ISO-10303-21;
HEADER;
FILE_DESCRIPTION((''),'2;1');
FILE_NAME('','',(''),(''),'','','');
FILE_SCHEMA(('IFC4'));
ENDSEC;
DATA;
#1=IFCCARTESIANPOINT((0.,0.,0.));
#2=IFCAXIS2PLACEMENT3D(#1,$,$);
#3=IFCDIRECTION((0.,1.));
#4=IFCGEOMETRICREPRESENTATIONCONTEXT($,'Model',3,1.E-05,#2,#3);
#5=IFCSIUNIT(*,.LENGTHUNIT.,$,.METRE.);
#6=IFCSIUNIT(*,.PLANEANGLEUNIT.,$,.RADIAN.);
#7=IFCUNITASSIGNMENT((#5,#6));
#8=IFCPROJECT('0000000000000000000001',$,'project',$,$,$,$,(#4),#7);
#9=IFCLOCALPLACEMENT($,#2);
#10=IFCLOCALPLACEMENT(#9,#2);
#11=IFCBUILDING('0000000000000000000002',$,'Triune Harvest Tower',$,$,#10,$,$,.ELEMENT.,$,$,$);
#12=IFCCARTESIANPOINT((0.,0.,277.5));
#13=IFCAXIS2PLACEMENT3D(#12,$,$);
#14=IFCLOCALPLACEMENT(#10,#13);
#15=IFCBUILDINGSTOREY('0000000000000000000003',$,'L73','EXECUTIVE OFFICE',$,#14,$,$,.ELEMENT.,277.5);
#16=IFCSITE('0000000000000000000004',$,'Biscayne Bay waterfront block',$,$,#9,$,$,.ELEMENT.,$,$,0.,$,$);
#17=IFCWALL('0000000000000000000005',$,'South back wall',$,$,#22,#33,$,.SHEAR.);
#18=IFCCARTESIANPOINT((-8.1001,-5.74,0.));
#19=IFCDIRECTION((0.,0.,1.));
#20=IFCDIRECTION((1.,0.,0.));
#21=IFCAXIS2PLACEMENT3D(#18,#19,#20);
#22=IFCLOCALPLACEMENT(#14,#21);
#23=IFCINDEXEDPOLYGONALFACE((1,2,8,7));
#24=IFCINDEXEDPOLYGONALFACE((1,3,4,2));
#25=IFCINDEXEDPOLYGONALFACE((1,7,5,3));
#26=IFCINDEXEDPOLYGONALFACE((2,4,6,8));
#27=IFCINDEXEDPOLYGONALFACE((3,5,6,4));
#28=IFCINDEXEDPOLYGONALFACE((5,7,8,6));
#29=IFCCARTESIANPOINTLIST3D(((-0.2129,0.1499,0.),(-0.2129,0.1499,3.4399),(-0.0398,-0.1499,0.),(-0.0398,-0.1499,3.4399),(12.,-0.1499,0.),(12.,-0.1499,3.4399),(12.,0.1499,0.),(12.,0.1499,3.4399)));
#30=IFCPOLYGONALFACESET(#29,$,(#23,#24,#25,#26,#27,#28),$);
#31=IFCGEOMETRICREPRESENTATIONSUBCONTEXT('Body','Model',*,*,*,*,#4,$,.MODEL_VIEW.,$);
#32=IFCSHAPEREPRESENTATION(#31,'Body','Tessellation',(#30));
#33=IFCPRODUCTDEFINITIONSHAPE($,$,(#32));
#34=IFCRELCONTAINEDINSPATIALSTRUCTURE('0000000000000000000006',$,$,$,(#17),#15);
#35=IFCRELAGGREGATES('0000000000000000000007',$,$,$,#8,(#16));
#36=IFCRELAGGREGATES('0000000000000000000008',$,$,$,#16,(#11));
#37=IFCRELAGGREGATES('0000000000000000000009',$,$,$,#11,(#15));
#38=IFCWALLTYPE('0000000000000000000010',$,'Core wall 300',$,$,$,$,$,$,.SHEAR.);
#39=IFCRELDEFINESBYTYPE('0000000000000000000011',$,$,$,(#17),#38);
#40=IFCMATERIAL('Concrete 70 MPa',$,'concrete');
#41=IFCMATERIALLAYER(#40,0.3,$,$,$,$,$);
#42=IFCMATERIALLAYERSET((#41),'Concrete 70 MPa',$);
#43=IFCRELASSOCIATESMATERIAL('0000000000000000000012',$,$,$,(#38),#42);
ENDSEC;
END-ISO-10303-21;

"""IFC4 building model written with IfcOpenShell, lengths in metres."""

from ifc_helpers import new_model, si_unit, direction, frame, origin, place, context, subcontext, project, spatial, polyline, outline, extrude, source, transform, mapped, material, layer, layer_set, type_object, element, save


model = new_model("IFC4")

# Units and contexts
model_context = context("Model", 3, precision=1e-05, world=origin(), true_north=direction((0.0, 1.0)))
body_context = subcontext(model_context, "Body", "Model", "MODEL_VIEW")
ifc_project = project(units=[si_unit("LENGTHUNIT", "METRE"), si_unit("PLANEANGLEUNIT", "RADIAN")], contexts=[model_context])

# Site, building, storey
site_placement = place(None, origin())
site = spatial("IfcSite", under=ifc_project, at=site_placement, Name="Biscayne Bay waterfront block", CompositionType="ELEMENT", RefElevation=0.0)
building_placement = place(site_placement, origin())
building = spatial("IfcBuilding", under=site, at=building_placement, Name="Triune Harvest Tower", CompositionType="ELEMENT")
storey_placement = place(building_placement, frame((0.0, 0.0, 277.5)))
storey = spatial("IfcBuildingStorey", under=building, at=storey_placement, Name="L73", Description="EXECUTIVE OFFICE", CompositionType="ELEMENT", Elevation=277.5)

# Shared definitions
ifc_material_1 = material(Name="Concrete 70 MPa", Category="concrete")
ifc_layer_1 = layer(ifc_material_1, 0.3)
ifc_layer_set_1 = layer_set([ifc_layer_1], Name="Concrete 70 MPa")
wall_type_1 = type_object("IfcWallType", Name="Core wall 300", PredefinedType="SHEAR", material=ifc_layer_set_1)

# Wall
shared_shape_1 = source(origin(), body_context, "Body", "SweptSolid", [
    extrude(outline(polyline([(12.0, -0.1499), (-0.0398, -0.1499), (-0.2129, 0.1499), (12.0, 0.1499), (12.0, -0.1499)])), origin(), (0.0, 0.0, 1.0), 3.4399),
])
wall_1_placement = place(storey_placement, frame((-8.1001, -5.74, 0.0), z_axis=(0.0, 0.0, 1.0), x_axis=(1.0, 0.0, 0.0)))
element("IfcWall", 1, at=wall_1_placement, inside=storey, type_object=wall_type_1, Name="South back wall", PredefinedType="SHEAR", context=body_context, shape_type="MappedRepresentation", body=[
    mapped(shared_shape_1, transform((0.0, 0.0, 0.0), scale=1.0)),
])

save(model, "model.ifc")
